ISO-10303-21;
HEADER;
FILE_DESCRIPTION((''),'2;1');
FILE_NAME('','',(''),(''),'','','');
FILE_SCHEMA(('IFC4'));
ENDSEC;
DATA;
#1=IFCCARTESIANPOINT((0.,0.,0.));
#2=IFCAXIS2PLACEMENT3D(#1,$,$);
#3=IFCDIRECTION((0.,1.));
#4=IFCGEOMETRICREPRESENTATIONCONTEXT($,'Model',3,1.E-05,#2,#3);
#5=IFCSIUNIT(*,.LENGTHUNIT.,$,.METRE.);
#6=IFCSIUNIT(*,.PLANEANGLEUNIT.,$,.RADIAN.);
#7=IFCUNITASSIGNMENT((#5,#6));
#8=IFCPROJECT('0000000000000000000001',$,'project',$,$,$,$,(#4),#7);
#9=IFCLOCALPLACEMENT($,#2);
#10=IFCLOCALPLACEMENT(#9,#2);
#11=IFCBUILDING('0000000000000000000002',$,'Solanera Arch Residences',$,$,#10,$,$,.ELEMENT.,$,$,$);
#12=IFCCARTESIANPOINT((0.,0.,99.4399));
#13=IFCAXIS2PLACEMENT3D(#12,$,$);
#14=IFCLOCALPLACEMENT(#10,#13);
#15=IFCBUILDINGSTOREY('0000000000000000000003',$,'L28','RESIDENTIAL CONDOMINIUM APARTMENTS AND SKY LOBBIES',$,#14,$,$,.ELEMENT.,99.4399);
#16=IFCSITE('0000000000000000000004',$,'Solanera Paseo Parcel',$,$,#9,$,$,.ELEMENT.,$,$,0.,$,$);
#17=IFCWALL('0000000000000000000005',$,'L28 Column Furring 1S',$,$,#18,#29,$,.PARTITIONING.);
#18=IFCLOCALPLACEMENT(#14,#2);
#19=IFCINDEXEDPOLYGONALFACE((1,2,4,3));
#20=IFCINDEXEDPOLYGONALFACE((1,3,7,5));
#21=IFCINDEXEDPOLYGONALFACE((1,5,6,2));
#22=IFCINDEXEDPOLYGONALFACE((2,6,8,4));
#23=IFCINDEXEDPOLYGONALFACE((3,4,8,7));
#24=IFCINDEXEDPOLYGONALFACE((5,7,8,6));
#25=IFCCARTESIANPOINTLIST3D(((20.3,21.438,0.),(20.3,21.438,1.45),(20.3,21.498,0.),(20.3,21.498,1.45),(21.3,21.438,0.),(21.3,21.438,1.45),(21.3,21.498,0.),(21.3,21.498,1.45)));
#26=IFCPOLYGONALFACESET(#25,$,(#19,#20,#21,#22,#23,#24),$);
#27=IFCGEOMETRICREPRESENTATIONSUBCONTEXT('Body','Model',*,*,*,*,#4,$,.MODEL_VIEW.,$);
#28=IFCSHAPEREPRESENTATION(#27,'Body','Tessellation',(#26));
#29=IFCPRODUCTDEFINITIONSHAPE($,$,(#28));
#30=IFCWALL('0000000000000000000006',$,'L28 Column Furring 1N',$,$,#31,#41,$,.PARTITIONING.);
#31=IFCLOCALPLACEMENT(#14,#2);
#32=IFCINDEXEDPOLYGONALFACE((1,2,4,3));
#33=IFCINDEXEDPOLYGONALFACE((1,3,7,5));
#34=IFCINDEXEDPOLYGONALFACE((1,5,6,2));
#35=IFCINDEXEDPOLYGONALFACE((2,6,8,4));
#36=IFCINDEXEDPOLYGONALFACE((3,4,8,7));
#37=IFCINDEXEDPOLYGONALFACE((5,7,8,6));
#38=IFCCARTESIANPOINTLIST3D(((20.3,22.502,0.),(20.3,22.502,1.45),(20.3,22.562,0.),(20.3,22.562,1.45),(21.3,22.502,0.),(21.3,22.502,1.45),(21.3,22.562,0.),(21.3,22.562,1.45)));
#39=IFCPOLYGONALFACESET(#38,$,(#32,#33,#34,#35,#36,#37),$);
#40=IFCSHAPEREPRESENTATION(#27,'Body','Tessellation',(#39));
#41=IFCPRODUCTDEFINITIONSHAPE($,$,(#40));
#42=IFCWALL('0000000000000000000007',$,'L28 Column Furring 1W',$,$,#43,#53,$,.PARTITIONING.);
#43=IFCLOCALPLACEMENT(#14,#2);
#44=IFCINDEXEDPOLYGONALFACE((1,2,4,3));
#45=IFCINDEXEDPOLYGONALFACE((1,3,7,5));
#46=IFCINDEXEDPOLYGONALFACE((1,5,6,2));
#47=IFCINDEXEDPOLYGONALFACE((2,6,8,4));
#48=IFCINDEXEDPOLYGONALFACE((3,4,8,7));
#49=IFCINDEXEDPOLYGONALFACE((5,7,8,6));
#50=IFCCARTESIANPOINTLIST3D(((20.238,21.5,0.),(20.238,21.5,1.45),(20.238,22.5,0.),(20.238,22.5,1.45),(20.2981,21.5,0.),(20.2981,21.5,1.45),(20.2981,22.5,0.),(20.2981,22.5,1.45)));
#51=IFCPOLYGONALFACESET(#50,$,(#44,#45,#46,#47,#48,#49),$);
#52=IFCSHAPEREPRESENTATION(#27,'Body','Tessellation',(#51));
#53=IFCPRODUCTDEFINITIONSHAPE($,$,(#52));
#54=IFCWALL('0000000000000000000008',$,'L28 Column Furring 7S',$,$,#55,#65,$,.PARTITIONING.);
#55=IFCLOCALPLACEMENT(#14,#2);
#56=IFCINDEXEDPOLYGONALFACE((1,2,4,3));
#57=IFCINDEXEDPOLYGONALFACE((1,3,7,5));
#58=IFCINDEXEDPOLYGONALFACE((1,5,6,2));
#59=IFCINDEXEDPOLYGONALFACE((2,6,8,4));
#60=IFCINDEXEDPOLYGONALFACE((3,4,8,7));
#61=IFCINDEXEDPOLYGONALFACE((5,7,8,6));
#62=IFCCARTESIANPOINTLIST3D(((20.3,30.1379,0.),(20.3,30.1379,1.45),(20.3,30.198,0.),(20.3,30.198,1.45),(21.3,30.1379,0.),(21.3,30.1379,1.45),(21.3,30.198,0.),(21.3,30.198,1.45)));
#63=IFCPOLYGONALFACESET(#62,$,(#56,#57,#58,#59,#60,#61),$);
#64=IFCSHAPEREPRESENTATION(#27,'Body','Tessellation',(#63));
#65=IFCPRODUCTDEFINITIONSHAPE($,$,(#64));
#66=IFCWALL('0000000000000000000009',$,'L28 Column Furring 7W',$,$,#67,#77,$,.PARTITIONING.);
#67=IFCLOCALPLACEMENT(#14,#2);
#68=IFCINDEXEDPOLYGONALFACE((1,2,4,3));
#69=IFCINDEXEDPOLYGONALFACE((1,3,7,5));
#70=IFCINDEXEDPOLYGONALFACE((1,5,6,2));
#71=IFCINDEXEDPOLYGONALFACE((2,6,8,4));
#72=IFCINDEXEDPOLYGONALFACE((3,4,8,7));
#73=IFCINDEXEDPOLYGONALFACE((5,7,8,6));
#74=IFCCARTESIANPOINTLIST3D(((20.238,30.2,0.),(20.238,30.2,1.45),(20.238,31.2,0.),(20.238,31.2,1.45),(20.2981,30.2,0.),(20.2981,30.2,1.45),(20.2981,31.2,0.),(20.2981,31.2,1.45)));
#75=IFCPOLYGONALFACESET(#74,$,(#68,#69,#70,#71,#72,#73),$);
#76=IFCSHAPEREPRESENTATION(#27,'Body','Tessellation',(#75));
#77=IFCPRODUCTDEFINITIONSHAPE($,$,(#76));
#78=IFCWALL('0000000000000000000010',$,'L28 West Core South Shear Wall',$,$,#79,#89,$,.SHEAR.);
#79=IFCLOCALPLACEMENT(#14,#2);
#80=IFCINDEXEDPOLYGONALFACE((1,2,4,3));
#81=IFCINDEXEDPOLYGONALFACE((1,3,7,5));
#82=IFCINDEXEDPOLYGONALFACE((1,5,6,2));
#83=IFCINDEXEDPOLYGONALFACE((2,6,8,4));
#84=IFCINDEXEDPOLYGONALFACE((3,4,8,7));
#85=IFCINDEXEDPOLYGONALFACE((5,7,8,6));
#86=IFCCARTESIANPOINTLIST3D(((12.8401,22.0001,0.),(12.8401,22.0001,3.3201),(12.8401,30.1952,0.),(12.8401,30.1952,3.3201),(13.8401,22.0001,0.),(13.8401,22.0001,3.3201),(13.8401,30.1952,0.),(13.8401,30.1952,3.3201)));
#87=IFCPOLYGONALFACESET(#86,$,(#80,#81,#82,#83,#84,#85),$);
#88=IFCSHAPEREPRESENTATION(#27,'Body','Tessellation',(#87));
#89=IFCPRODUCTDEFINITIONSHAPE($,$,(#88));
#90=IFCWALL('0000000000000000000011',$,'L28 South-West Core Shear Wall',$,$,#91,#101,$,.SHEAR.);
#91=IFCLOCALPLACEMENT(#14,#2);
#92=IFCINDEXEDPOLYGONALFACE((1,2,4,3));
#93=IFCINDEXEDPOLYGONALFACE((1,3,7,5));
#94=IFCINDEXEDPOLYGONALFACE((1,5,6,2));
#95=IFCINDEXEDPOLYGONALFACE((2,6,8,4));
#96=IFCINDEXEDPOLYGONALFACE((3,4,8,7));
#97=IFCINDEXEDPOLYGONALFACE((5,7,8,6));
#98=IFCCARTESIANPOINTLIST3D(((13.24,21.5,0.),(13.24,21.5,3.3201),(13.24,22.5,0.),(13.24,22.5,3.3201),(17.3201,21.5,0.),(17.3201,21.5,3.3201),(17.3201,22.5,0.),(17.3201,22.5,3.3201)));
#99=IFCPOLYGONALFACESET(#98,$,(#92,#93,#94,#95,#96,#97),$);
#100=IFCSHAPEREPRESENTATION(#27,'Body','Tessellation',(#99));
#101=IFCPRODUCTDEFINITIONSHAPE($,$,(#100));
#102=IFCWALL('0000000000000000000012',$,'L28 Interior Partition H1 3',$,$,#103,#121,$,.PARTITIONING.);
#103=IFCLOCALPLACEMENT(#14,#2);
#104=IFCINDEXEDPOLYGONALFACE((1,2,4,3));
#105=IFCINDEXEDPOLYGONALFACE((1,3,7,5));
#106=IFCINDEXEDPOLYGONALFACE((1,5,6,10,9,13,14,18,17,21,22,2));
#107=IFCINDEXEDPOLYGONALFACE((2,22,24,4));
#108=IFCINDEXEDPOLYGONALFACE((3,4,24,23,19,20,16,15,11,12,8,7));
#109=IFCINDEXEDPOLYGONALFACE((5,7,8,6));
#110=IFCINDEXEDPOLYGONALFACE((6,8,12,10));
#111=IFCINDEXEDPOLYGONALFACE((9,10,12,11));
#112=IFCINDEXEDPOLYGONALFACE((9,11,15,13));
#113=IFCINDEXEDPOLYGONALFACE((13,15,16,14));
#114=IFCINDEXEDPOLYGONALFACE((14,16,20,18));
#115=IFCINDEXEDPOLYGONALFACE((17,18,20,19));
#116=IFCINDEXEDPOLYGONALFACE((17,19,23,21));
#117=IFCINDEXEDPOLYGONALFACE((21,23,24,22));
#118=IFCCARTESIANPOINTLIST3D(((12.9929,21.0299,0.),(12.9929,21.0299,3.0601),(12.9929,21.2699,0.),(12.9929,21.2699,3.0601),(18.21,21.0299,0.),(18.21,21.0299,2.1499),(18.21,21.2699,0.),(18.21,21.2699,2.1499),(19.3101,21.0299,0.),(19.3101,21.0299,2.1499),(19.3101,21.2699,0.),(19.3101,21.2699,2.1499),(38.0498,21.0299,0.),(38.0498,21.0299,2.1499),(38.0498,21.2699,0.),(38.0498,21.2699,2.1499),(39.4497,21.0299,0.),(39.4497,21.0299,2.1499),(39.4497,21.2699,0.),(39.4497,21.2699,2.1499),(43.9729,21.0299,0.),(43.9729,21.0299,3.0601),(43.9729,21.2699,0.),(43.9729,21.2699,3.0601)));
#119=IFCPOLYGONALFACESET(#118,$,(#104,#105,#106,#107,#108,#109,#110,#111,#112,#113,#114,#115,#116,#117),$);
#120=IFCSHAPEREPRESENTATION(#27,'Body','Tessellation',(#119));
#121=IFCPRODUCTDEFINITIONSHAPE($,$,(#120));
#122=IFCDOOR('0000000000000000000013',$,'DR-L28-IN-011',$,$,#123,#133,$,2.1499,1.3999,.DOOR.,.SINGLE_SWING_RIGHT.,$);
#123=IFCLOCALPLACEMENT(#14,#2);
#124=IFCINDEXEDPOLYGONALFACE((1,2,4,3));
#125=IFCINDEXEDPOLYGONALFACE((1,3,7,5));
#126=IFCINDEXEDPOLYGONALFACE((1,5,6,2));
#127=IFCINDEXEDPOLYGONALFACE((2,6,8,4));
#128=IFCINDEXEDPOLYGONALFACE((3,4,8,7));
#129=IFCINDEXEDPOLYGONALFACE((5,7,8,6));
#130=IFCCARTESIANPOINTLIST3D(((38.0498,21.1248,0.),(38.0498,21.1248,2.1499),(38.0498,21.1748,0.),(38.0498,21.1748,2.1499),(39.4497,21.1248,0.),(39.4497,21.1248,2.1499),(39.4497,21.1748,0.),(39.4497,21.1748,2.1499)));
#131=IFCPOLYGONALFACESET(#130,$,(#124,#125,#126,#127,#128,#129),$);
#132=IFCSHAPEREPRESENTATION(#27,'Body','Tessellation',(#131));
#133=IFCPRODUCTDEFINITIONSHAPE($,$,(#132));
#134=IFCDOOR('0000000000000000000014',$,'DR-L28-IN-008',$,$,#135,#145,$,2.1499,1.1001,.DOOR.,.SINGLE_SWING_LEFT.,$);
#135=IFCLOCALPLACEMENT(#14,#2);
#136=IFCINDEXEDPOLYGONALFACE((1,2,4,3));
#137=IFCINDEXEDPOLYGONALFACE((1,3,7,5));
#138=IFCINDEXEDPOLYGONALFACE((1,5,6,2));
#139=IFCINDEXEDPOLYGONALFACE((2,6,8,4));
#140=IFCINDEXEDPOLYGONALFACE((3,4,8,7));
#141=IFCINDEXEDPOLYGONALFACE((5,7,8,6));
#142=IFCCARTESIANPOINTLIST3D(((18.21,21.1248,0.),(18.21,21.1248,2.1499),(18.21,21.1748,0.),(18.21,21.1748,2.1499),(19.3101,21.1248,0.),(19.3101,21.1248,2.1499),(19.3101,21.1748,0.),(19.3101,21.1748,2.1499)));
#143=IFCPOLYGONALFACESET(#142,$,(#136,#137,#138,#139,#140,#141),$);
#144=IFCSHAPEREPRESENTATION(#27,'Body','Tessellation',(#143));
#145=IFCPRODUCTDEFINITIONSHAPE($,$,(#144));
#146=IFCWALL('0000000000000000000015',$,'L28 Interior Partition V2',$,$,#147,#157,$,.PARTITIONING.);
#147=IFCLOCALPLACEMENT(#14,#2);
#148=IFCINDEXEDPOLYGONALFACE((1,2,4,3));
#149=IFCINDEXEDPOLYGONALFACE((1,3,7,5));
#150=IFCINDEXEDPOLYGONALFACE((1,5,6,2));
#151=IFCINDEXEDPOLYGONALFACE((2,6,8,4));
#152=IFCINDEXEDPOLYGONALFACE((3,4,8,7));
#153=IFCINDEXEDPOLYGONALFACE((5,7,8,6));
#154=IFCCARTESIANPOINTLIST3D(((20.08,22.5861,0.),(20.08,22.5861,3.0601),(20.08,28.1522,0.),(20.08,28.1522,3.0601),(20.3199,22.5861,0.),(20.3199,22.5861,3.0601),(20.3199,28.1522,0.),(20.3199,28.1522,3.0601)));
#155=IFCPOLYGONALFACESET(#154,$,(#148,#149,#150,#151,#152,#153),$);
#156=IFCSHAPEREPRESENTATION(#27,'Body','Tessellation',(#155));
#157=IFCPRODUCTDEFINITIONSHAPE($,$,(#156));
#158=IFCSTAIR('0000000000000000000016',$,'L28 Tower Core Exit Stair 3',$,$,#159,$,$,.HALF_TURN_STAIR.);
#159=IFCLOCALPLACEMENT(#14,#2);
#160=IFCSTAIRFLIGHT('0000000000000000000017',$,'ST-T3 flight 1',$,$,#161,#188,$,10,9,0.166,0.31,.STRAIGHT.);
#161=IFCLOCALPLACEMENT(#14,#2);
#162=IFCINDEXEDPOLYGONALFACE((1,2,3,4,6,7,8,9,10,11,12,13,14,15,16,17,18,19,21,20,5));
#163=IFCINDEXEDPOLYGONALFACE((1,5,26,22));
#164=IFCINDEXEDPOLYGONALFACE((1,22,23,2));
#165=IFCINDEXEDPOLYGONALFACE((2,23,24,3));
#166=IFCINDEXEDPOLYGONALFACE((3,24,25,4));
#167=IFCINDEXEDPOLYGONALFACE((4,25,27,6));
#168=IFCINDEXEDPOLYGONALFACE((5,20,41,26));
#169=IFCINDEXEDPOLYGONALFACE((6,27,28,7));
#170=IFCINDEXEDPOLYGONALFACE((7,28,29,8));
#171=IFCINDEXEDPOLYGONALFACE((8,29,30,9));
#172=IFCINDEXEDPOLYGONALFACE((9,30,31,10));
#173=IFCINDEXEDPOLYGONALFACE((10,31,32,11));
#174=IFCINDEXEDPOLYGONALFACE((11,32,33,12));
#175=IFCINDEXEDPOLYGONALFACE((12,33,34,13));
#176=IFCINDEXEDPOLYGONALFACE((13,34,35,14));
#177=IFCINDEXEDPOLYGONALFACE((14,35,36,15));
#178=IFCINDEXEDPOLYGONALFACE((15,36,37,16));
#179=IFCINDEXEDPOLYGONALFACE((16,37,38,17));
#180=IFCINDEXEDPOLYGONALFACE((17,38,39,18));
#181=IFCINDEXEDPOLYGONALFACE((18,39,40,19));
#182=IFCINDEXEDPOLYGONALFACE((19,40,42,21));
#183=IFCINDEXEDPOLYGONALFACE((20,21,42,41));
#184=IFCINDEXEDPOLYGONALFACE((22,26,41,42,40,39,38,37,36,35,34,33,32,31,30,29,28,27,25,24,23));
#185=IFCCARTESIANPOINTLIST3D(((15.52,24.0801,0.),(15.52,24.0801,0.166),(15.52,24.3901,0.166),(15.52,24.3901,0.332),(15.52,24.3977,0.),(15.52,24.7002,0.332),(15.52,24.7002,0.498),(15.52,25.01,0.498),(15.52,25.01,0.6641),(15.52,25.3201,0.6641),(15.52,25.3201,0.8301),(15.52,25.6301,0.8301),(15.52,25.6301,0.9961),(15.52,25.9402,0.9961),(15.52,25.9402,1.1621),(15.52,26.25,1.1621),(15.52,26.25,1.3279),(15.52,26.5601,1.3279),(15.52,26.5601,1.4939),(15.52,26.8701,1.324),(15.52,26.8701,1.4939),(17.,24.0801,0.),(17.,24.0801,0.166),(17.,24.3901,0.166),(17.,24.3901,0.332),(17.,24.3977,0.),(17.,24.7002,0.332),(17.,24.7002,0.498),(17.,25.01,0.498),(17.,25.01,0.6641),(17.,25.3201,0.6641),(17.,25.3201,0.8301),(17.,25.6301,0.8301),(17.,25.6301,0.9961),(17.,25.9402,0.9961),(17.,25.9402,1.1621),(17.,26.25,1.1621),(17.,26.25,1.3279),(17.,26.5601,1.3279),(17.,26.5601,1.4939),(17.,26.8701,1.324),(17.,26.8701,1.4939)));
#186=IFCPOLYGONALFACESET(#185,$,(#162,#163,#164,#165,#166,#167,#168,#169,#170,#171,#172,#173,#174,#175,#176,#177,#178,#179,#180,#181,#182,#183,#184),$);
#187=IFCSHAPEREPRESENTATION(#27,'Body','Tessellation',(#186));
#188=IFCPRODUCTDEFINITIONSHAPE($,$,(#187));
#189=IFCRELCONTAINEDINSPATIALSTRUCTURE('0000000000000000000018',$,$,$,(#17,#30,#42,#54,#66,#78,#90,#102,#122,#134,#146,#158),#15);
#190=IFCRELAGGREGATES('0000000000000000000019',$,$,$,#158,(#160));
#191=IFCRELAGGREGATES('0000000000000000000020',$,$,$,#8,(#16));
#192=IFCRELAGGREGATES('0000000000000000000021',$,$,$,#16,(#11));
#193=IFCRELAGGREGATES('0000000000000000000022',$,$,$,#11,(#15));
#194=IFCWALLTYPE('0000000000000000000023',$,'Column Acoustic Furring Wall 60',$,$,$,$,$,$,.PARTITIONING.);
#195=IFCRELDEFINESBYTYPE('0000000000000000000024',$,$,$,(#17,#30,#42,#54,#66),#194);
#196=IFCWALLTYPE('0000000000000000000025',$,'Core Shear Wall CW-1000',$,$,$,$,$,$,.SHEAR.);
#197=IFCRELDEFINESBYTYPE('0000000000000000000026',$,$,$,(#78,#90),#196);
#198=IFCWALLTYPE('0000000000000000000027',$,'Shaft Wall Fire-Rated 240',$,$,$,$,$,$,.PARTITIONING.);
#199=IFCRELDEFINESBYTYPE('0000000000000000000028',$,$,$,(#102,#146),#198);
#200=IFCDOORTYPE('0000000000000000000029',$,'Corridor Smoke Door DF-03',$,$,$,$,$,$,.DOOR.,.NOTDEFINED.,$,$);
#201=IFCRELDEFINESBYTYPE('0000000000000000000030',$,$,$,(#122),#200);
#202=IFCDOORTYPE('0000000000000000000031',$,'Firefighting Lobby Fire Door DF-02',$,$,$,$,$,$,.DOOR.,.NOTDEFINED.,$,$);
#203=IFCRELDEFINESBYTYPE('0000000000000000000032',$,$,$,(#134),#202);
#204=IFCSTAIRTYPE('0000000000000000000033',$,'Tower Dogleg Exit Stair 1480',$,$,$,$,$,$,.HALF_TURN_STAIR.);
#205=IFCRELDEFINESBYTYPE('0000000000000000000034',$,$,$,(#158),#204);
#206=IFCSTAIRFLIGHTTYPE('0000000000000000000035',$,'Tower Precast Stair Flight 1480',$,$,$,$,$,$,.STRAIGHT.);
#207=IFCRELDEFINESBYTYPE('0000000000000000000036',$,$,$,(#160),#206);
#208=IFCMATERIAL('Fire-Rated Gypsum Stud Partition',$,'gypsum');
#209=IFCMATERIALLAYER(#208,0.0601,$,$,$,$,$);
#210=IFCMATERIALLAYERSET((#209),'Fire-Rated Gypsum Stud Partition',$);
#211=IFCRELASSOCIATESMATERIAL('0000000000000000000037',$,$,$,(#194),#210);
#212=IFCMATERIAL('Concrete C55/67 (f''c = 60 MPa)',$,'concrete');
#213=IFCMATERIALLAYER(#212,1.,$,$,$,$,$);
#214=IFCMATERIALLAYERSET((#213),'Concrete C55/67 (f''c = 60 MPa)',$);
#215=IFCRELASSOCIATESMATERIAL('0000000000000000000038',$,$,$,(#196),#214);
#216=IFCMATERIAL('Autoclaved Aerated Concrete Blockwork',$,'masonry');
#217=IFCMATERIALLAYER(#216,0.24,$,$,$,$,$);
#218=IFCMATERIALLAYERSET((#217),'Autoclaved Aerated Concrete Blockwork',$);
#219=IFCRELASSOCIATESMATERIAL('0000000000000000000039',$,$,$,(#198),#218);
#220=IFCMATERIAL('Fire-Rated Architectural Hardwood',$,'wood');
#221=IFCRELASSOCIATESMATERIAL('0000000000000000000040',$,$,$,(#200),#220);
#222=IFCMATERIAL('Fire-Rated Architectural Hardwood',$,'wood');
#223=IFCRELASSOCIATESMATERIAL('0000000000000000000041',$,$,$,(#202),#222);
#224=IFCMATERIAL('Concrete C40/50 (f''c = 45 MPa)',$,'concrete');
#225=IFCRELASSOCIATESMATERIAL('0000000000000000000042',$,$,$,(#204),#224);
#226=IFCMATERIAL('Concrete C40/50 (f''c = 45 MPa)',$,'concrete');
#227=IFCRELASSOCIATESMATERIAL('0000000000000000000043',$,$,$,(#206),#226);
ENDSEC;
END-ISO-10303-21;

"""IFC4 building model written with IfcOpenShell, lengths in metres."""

from ifc_helpers import new_model, si_unit, direction, frame, frame_2d, origin, place, context, subcontext, project, spatial, polyline, rectangle, outline, extrude, material, layer, layer_set, type_object, element, fill, aggregate, save


model = new_model("IFC4")

# Units and contexts
model_context = context("Model", 3, precision=1e-05, world=origin(), true_north=direction((0.0, 1.0)))
body_context = subcontext(model_context, "Body", "Model", "MODEL_VIEW")
ifc_project = project(units=[si_unit("LENGTHUNIT", "METRE"), si_unit("PLANEANGLEUNIT", "RADIAN")], contexts=[model_context])

# Site, building, storey
site_placement = place(None, origin())
site = spatial("IfcSite", under=ifc_project, at=site_placement, Name="Solanera Paseo Parcel", CompositionType="ELEMENT", RefElevation=0.0)
building_placement = place(site_placement, origin())
building = spatial("IfcBuilding", under=site, at=building_placement, Name="Solanera Arch Residences", CompositionType="ELEMENT")
storey_placement = place(building_placement, frame((0.0, 0.0, 99.4399)))
storey = spatial("IfcBuildingStorey", under=building, at=storey_placement, Name="L28", Description="RESIDENTIAL CONDOMINIUM APARTMENTS AND SKY LOBBIES", CompositionType="ELEMENT", Elevation=99.4399)

# Walls
ifc_material_1 = material(Name="Fire-Rated Gypsum Stud Partition", Category="gypsum")
ifc_layer_1 = layer(ifc_material_1, 0.0601)
ifc_layer_set_1 = layer_set([ifc_layer_1], Name="Fire-Rated Gypsum Stud Partition")
wall_type_1 = type_object("IfcWallType", Name="Column Acoustic Furring Wall 60", PredefinedType="PARTITIONING", material=ifc_layer_set_1)
for number, where, z_axis, x_axis, name in (
    (1, (20.3, 21.468, 0.0), (0.0, 0.0, 1.0), (1.0, 0.0, 0.0), "L28 Column Furring 1S"),
    (2, (20.3, 22.532, 0.0), (0.0, 0.0, 1.0), (1.0, 0.0, 0.0), "L28 Column Furring 1N"),
    (3, (20.2681, 21.5, 0.0), (0.0, 0.0, 1.0), (0.0, 1.0, 0.0), "L28 Column Furring 1W"),
    (4, (20.3, 30.168, 0.0), (0.0, 0.0, 1.0), (1.0, 0.0, 0.0), "L28 Column Furring 7S"),
    (5, (20.2681, 30.2, 0.0), (0.0, 0.0, 1.0), (0.0, 1.0, 0.0), "L28 Column Furring 7W"),
):
    element("IfcWall", number, at=place(storey_placement, frame(where, z_axis=z_axis, x_axis=x_axis)), inside=storey, type_object=wall_type_1, Name=name, PredefinedType="PARTITIONING", context=body_context, shape_type="SweptSolid", body=[
        extrude(rectangle(XDim=1.0, YDim=0.0601, at=frame_2d((0.5, 0.0))), origin(), (0.0, 0.0, 1.0), 1.45),
    ])
ifc_material_2 = material(Name="Concrete C55/67 (f'c = 60 MPa)", Category="concrete")
ifc_layer_2 = layer(ifc_material_2, 1.0)
ifc_layer_set_2 = layer_set([ifc_layer_2], Name="Concrete C55/67 (f'c = 60 MPa)")
wall_type_2 = type_object("IfcWallType", Name="Core Shear Wall CW-1000", PredefinedType="SHEAR", material=ifc_layer_set_2)
wall_1_placement = place(storey_placement, frame((13.3401, 22.0, 0.0), z_axis=(0.0, 0.0, 1.0), x_axis=(0.0, 1.0, 0.0)))
element("IfcWall", 6, at=wall_1_placement, inside=storey, type_object=wall_type_2, Name="L28 West Core South Shear Wall", PredefinedType="SHEAR", context=body_context, shape_type="SweptSolid", body=[
    extrude(rectangle(XDim=8.1951, YDim=1.0, at=frame_2d((4.0977, 0.0))), origin(), (0.0, 0.0, 1.0), 3.3201),
])
wall_2_placement = place(storey_placement, frame((13.24, 22.0, 0.0), z_axis=(0.0, 0.0, 1.0), x_axis=(1.0, 0.0, 0.0)))
element("IfcWall", 7, at=wall_2_placement, inside=storey, type_object=wall_type_2, Name="L28 South-West Core Shear Wall", PredefinedType="SHEAR", context=body_context, shape_type="SweptSolid", body=[
    extrude(rectangle(XDim=4.0801, YDim=1.0, at=frame_2d((2.04, 0.0))), origin(), (0.0, 0.0, 1.0), 3.3201),
])

# Wall, openings, doors
ifc_material_3 = material(Name="Autoclaved Aerated Concrete Blockwork", Category="masonry")
ifc_layer_3 = layer(ifc_material_3, 0.24)
ifc_layer_set_3 = layer_set([ifc_layer_3], Name="Autoclaved Aerated Concrete Blockwork")
wall_type_3 = type_object("IfcWallType", Name="Shaft Wall Fire-Rated 240", PredefinedType="PARTITIONING", material=ifc_layer_set_3)
wall_3_placement = place(storey_placement, frame((12.9929, 21.1499, 0.0), z_axis=(0.0, 0.0, 1.0), x_axis=(1.0, 0.0, 0.0)))
wall_3 = element("IfcWall", 8, at=wall_3_placement, inside=storey, type_object=wall_type_3, Name="L28 Interior Partition H1 3", PredefinedType="PARTITIONING", context=body_context, shape_type="SweptSolid", body=[
    extrude(rectangle(XDim=30.98, YDim=0.24, at=frame_2d((15.49, 0.0))), origin(), (0.0, 0.0, 1.0), 3.0601),
])
opening_1_placement = place(wall_3_placement, frame((5.217, 0.0, 0.0)))
opening_1 = element("IfcOpeningElement", 9, at=opening_1_placement, cuts=wall_3, PredefinedType="OPENING", context=body_context, shape_type="SweptSolid", body=[
    extrude(rectangle(XDim=1.1001, YDim=2.1499, at=frame_2d((0.55, 1.075))), frame((0.0, 0.1299, 0.0), z_axis=(0.0, -1.0, 0.0), x_axis=(1.0, 0.0, 0.0)), (0.0, 0.0, 1.0), 0.26),
])
opening_2_placement = place(wall_3_placement, frame((25.0569, 0.0, 0.0)))
opening_2 = element("IfcOpeningElement", 10, at=opening_2_placement, cuts=wall_3, PredefinedType="OPENING", context=body_context, shape_type="SweptSolid", body=[
    extrude(rectangle(XDim=1.3999, YDim=2.1499, at=frame_2d((0.7, 1.075))), frame((0.0, 0.1299, 0.0), z_axis=(0.0, -1.0, 0.0), x_axis=(1.0, 0.0, 0.0)), (0.0, 0.0, 1.0), 0.26),
])
ifc_material_4 = material(Name="Fire-Rated Architectural Hardwood", Category="wood")
door_type_1 = type_object("IfcDoorType", Name="Corridor Smoke Door DF-03", OperationType="NOTDEFINED", PredefinedType="DOOR", material=ifc_material_4)
door_1_placement = place(opening_2_placement, origin())
door_1 = element("IfcDoor", 11, at=door_1_placement, inside=storey, type_object=door_type_1, Name="DR-L28-IN-011", OperationType="SINGLE_SWING_RIGHT", OverallHeight=2.1499, OverallWidth=1.3999, PredefinedType="DOOR", context=body_context, shape_type="SweptSolid", body=[
    extrude(rectangle(XDim=1.3999, YDim=2.1499, at=frame_2d((0.7, 1.075))), frame((0.0, 0.0249, 0.0), z_axis=(0.0, -1.0, 0.0), x_axis=(1.0, 0.0, 0.0)), (0.0, 0.0, 1.0), 0.05),
])
fill(opening_2, door_1)
ifc_material_5 = material(Name="Fire-Rated Architectural Hardwood", Category="wood")
door_type_2 = type_object("IfcDoorType", Name="Firefighting Lobby Fire Door DF-02", OperationType="NOTDEFINED", PredefinedType="DOOR", material=ifc_material_5)
door_2_placement = place(opening_1_placement, origin())
door_2 = element("IfcDoor", 12, at=door_2_placement, inside=storey, type_object=door_type_2, Name="DR-L28-IN-008", OperationType="SINGLE_SWING_LEFT", OverallHeight=2.1499, OverallWidth=1.1001, PredefinedType="DOOR", context=body_context, shape_type="SweptSolid", body=[
    extrude(rectangle(XDim=1.1001, YDim=2.1499, at=frame_2d((0.55, 1.075))), frame((0.0, 0.0249, 0.0), z_axis=(0.0, -1.0, 0.0), x_axis=(1.0, 0.0, 0.0)), (0.0, 0.0, 1.0), 0.05),
])
fill(opening_1, door_2)

# Wall
wall_4_placement = place(storey_placement, frame((20.2, 22.5859, 0.0), z_axis=(0.0, 0.0, 1.0), x_axis=(0.0, 1.0, 0.0)))
element("IfcWall", 13, at=wall_4_placement, inside=storey, type_object=wall_type_3, Name="L28 Interior Partition V2", PredefinedType="PARTITIONING", context=body_context, shape_type="SweptSolid", body=[
    extrude(rectangle(XDim=5.5662, YDim=0.24, at=frame_2d((2.7832, 0.0))), origin(), (0.0, 0.0, 1.0), 3.0601),
])

# Stair, stair flight
ifc_material_6 = material(Name="Concrete C40/50 (f'c = 45 MPa)", Category="concrete")
stair_type = type_object("IfcStairType", Name="Tower Dogleg Exit Stair 1480", PredefinedType="HALF_TURN_STAIR", material=ifc_material_6)
stair_placement = place(storey_placement, origin())
stair = element("IfcStair", 14, at=stair_placement, inside=storey, type_object=stair_type, Name="L28 Tower Core Exit Stair 3", PredefinedType="HALF_TURN_STAIR")
ifc_material_7 = material(Name="Concrete C40/50 (f'c = 45 MPa)", Category="concrete")
stair_flight_type = type_object("IfcStairFlightType", Name="Tower Precast Stair Flight 1480", PredefinedType="STRAIGHT", material=ifc_material_7)
stair_flight_1_placement = place(storey_placement, frame((16.26, 24.0801, 0.0), z_axis=(0.0, 0.0, 1.0), x_axis=(0.0, 1.0, 0.0)))
stair_flight_1 = element("IfcStairFlight", 15, at=stair_flight_1_placement, type_object=stair_flight_type, Name="ST-T3 flight 1", NumberOfRisers=10, NumberOfTreads=9, PredefinedType="STRAIGHT", RiserHeight=0.166, TreadLength=0.31, context=body_context, shape_type="SweptSolid", body=[
    extrude(outline(polyline([(0.0, 0.0), (0.0, 0.166), (0.3101, 0.166), (0.3101, 0.332), (0.6201, 0.332), (0.6201, 0.498), (0.9299, 0.498), (0.9299, 0.6641), (1.24, 0.6641), (1.24, 0.8301), (1.55, 0.8301), (1.55, 0.9961), (1.8601, 0.9961), (1.8601, 1.1621), (2.1699, 1.1621), (2.1699, 1.3279), (2.48, 1.3279), (2.48, 1.4939), (2.79, 1.4939), (2.79, 1.6599), (2.79, 1.324), (0.3176, 0.0), (0.0, 0.0)])), frame((0.0, 0.74, 0.0), z_axis=(0.0, -1.0, 0.0), x_axis=(1.0, 0.0, 0.0)), (0.0, 0.0, 1.0), 1.48),
])
aggregate(stair, [stair_flight_1])

save(model, "model.ifc")
